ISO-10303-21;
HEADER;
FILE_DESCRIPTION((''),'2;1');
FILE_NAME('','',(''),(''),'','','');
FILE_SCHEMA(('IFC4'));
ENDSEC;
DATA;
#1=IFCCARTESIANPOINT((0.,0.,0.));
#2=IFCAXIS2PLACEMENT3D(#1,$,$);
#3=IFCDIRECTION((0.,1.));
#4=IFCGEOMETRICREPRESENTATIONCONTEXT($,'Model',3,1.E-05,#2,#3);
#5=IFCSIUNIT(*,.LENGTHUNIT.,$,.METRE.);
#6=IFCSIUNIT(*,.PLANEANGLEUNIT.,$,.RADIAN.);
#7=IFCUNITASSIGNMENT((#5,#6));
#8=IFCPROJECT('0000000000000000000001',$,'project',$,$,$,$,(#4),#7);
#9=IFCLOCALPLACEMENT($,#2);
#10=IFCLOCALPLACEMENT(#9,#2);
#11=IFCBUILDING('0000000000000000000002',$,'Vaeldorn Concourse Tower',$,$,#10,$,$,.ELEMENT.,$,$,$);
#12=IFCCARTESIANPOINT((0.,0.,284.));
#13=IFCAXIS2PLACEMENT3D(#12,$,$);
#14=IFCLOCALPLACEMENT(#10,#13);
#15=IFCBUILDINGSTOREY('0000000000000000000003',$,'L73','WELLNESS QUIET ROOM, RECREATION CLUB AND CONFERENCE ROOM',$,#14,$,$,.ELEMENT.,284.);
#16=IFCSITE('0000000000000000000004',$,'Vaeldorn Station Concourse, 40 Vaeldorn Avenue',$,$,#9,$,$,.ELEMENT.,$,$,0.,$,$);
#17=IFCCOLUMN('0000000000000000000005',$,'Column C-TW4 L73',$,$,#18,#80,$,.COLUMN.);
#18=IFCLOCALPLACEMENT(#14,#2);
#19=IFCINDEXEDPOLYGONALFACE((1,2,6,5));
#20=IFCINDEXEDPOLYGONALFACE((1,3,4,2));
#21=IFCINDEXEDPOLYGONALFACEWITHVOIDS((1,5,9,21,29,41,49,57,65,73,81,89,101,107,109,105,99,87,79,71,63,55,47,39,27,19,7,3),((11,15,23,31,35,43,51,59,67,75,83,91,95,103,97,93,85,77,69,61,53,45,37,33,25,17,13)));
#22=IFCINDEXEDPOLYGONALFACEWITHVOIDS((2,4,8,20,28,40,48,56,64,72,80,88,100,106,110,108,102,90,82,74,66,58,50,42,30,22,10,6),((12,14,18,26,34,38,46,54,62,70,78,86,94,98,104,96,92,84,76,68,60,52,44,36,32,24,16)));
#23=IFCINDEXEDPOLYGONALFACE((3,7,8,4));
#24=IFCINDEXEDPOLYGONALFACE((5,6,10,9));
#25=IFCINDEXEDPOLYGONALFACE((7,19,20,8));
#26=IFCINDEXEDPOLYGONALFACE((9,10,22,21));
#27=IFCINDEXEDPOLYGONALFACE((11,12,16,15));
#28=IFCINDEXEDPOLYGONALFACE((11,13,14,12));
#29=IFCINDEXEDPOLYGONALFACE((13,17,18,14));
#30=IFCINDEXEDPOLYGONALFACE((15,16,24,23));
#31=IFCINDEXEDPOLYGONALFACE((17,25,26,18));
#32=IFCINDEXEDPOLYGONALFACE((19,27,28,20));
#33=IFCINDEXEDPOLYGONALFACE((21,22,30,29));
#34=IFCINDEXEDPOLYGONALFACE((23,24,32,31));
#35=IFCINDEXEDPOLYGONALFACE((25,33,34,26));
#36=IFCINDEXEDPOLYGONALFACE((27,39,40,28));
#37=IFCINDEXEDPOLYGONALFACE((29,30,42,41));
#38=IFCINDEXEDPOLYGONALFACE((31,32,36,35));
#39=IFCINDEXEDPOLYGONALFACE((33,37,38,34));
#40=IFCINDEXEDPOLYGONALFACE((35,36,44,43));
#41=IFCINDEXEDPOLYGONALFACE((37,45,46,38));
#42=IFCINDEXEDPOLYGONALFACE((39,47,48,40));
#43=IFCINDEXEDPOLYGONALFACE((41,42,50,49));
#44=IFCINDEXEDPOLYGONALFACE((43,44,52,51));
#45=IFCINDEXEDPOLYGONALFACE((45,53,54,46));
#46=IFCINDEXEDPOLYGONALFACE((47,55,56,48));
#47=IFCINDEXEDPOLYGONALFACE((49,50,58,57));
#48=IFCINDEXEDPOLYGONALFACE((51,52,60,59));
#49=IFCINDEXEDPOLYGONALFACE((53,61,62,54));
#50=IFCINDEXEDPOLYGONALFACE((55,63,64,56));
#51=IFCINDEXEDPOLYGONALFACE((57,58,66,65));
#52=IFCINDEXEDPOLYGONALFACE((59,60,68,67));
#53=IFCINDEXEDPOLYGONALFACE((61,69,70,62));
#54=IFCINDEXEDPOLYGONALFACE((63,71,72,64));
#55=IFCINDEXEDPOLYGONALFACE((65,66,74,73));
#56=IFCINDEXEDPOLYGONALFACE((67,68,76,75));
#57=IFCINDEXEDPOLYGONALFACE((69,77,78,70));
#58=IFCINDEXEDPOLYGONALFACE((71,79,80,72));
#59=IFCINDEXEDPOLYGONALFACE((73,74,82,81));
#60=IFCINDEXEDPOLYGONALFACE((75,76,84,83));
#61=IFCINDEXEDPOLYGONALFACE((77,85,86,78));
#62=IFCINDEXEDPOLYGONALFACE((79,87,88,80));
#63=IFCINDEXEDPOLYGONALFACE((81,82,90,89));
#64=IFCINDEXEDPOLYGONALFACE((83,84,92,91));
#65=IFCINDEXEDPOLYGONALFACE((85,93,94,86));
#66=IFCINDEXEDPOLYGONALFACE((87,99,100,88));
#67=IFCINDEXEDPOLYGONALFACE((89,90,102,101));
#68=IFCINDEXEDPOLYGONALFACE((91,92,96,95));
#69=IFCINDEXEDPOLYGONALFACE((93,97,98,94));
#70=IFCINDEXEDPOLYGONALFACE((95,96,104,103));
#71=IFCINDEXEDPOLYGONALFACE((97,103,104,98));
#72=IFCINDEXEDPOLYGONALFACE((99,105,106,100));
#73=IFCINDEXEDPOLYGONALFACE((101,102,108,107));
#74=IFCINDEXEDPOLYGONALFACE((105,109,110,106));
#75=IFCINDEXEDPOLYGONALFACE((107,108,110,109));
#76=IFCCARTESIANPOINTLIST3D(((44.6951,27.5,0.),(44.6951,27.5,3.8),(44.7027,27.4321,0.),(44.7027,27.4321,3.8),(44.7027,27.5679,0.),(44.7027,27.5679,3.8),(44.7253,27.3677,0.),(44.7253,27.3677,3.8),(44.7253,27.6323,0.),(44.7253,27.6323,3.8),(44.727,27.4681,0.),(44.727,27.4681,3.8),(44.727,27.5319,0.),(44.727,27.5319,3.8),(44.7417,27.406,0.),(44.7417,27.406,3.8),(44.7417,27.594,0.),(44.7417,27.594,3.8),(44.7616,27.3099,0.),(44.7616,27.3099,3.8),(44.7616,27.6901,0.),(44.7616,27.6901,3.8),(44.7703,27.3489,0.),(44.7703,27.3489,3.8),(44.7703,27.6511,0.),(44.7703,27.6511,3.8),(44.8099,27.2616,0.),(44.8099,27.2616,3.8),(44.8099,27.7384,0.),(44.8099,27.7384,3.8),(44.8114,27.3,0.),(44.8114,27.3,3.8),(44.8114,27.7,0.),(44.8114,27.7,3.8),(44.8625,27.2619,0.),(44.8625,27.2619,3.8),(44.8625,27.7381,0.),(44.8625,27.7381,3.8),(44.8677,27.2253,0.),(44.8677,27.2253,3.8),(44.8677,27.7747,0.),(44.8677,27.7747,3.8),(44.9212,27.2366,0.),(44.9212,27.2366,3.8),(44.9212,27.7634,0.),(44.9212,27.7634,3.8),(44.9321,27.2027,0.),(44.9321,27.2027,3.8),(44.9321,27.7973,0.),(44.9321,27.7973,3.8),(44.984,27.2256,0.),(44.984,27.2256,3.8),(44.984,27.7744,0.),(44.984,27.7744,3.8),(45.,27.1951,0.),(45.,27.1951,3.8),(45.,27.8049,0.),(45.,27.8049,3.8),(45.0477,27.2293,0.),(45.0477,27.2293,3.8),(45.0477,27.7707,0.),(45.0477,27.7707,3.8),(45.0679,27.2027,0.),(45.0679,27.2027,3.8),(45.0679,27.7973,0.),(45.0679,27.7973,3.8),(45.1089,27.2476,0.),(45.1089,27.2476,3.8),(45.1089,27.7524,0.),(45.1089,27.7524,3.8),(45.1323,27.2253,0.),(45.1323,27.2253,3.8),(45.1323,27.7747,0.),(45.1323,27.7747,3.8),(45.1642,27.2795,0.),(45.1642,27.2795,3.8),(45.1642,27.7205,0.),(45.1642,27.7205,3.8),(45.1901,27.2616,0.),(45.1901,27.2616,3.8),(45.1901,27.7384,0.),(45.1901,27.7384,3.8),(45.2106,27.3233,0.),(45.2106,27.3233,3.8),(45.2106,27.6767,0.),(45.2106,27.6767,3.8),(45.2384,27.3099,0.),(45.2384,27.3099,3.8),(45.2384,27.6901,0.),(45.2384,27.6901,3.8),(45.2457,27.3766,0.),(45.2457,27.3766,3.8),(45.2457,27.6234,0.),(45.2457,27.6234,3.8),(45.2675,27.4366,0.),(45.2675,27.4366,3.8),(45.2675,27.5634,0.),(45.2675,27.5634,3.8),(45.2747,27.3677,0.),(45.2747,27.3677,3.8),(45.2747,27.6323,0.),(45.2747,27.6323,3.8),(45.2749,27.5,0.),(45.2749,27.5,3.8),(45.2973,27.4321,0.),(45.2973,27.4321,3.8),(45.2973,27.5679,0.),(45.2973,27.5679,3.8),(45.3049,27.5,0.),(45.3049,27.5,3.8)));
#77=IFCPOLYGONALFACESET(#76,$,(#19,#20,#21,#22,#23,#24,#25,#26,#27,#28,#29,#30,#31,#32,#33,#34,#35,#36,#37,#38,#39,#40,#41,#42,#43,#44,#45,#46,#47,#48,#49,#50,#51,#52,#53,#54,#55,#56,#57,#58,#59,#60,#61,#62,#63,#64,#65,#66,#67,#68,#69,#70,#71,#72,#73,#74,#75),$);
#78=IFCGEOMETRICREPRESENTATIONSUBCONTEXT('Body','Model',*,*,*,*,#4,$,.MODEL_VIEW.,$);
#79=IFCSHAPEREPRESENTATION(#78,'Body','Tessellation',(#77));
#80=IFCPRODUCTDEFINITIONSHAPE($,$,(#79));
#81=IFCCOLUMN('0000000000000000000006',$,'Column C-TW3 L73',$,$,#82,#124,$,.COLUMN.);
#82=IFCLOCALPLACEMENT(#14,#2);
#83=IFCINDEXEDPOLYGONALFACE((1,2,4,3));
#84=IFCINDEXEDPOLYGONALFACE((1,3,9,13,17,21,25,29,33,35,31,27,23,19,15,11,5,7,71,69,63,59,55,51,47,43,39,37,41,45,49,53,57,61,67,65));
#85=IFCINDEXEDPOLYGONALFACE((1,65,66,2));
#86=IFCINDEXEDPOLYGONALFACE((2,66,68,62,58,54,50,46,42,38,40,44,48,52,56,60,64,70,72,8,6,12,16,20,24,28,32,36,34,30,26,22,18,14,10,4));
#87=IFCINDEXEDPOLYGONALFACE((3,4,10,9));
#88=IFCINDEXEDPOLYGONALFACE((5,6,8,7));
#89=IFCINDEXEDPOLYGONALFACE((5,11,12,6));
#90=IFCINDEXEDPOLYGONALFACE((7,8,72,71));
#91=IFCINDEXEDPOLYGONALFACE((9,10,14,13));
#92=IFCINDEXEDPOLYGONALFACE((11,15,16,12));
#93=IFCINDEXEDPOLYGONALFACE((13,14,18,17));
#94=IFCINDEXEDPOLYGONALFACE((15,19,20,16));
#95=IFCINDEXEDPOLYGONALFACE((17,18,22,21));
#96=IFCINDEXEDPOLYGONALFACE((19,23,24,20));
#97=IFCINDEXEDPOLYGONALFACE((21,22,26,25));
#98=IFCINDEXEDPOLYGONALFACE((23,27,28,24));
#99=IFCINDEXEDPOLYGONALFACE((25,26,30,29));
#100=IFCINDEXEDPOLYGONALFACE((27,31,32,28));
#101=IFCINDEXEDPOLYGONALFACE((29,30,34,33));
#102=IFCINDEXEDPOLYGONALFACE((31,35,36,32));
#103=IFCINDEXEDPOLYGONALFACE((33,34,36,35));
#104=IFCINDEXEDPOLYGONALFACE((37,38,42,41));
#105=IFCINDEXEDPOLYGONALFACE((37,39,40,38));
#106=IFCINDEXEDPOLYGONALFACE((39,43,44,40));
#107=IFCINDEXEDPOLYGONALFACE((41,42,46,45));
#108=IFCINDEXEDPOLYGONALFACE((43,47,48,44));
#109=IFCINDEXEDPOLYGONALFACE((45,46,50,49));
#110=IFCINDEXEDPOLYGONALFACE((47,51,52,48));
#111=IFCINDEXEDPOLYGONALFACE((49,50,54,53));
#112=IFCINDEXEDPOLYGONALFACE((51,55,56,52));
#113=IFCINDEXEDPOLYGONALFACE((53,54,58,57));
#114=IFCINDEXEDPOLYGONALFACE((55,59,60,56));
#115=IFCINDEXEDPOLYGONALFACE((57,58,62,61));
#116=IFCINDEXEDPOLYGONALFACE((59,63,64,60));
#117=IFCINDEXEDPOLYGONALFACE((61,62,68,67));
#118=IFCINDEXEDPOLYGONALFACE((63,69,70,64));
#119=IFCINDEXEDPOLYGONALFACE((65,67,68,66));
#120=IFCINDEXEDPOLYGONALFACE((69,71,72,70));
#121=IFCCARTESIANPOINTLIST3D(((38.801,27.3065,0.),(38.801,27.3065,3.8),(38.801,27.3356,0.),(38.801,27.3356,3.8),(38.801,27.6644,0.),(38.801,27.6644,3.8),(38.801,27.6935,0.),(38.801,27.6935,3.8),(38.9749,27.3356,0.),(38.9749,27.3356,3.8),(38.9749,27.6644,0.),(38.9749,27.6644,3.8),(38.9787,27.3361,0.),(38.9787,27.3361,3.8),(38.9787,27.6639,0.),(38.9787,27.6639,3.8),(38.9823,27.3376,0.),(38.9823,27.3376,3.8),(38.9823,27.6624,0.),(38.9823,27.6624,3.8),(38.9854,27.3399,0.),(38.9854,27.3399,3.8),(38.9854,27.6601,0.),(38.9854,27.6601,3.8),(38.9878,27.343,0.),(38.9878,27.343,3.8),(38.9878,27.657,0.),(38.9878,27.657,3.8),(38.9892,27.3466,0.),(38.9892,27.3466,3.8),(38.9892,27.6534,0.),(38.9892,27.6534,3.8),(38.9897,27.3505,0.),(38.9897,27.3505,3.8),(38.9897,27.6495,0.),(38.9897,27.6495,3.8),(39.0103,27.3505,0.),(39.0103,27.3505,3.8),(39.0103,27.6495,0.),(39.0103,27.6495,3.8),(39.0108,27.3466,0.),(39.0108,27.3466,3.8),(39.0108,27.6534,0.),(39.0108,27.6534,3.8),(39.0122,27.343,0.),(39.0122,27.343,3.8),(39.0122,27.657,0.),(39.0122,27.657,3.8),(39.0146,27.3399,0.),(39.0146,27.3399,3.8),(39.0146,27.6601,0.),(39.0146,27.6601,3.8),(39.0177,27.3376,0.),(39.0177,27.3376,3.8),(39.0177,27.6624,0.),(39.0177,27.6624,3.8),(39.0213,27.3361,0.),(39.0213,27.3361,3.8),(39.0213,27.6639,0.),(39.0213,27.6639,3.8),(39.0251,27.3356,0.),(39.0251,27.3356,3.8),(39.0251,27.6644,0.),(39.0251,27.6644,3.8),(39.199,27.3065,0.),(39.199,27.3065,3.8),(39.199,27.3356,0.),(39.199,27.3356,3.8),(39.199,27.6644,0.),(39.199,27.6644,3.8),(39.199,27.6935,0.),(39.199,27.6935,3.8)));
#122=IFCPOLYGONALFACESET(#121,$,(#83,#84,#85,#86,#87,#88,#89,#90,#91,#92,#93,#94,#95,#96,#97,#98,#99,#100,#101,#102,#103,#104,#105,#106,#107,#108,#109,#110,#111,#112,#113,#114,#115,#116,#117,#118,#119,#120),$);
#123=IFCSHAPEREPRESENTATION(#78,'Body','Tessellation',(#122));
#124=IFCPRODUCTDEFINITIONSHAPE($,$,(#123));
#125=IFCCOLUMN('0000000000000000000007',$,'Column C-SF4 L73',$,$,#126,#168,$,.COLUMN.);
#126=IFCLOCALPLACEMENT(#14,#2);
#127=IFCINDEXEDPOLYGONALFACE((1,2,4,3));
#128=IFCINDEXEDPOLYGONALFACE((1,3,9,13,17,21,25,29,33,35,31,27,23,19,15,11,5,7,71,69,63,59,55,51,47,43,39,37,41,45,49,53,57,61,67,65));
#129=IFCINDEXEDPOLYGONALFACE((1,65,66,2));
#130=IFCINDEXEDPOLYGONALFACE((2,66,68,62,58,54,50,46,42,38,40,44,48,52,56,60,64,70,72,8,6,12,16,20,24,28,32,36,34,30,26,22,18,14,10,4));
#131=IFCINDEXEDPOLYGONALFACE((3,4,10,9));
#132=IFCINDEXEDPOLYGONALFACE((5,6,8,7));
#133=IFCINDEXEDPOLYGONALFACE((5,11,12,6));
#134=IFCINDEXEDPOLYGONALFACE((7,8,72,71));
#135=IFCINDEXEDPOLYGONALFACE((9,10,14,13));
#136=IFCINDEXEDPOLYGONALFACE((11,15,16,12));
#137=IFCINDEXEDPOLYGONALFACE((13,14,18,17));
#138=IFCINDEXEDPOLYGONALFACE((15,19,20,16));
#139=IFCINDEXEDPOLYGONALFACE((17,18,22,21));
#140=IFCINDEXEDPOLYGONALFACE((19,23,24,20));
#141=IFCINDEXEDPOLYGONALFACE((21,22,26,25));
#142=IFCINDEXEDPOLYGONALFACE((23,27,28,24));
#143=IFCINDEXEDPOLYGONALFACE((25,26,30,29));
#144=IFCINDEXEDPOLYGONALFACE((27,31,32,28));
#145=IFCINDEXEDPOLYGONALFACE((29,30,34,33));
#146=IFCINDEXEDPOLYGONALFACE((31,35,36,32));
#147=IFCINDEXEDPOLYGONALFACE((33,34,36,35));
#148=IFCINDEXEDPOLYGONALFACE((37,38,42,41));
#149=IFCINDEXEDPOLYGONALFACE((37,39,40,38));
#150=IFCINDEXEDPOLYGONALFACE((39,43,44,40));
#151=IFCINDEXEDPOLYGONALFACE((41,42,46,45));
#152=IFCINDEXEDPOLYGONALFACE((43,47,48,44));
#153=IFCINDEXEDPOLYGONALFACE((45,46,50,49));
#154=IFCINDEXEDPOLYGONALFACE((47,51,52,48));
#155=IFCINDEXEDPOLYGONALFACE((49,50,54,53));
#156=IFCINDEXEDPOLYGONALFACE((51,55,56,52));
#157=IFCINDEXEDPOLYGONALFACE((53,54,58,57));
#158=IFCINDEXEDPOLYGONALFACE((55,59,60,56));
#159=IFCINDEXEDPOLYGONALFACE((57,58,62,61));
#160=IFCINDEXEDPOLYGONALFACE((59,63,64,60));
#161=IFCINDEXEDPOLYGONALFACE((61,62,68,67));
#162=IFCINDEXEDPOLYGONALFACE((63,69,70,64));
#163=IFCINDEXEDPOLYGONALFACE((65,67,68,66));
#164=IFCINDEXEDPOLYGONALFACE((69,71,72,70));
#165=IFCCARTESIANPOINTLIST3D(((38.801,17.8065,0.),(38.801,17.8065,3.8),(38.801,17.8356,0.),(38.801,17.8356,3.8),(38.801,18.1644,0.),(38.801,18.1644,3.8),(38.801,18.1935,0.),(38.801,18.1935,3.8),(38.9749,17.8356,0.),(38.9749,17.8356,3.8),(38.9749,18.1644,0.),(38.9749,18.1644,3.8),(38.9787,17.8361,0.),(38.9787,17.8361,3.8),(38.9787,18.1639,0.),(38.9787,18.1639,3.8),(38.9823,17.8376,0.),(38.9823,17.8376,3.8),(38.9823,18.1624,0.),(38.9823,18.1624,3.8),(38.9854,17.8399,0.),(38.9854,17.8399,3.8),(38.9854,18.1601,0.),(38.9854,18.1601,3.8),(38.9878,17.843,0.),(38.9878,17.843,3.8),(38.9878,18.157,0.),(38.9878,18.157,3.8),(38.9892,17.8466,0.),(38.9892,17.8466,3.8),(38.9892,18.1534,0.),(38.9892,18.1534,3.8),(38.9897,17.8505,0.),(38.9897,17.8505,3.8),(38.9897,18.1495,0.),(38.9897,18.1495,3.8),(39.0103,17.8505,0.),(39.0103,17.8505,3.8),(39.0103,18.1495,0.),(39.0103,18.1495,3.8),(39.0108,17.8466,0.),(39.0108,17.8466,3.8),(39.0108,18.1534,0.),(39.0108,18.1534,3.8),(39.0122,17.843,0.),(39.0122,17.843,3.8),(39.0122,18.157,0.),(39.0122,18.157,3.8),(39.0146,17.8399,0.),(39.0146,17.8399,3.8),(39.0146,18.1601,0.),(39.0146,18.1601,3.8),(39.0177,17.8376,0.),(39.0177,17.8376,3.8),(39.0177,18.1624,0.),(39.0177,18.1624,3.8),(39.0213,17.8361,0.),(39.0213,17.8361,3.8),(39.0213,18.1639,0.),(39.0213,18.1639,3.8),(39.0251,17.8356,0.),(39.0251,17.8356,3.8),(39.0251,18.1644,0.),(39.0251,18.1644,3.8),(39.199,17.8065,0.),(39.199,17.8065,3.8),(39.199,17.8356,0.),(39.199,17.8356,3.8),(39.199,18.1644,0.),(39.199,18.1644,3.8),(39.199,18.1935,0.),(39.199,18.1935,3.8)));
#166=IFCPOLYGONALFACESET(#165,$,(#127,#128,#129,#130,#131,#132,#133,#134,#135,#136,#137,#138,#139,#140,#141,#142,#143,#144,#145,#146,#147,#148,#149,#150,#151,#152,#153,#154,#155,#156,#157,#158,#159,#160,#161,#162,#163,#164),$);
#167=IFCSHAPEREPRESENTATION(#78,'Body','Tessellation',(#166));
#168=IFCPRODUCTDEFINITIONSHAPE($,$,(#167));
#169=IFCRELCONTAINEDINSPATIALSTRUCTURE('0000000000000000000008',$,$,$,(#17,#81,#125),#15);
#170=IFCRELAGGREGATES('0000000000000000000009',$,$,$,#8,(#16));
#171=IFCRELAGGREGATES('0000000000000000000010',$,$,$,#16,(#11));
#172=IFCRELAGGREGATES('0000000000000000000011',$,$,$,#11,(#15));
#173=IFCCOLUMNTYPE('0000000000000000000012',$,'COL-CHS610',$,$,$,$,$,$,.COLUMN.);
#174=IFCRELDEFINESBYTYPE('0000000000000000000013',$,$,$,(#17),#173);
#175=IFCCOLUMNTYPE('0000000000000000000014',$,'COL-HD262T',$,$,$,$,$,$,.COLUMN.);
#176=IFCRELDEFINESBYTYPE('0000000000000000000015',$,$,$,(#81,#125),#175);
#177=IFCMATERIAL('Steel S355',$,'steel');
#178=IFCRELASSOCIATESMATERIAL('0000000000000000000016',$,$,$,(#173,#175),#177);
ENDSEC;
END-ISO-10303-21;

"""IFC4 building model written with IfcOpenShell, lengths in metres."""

from ifc_helpers import new_model, si_unit, direction, frame, origin, origin_2d, place, context, subcontext, project, spatial, hollow_circle, i_section, extrude, source, transform, mapped, material, material_profile, profile_set, type_object, element, save


model = new_model("IFC4")

# Units and contexts
model_context = context("Model", 3, precision=1e-05, world=origin(), true_north=direction((0.0, 1.0)))
body_context = subcontext(model_context, "Body", "Model", "MODEL_VIEW")
ifc_project = project(units=[si_unit("LENGTHUNIT", "METRE"), si_unit("PLANEANGLEUNIT", "RADIAN")], contexts=[model_context])

# Site, building, storey
site_placement = place(None, origin())
site = spatial("IfcSite", under=ifc_project, at=site_placement, Name="Vaeldorn Station Concourse, 40 Vaeldorn Avenue", CompositionType="ELEMENT", RefElevation=0.0)
building_placement = place(site_placement, origin())
building = spatial("IfcBuilding", under=site, at=building_placement, Name="Vaeldorn Concourse Tower", CompositionType="ELEMENT")
storey_placement = place(building_placement, frame((0.0, 0.0, 284.0)))
storey = spatial("IfcBuildingStorey", under=building, at=storey_placement, Name="L73", Description="WELLNESS QUIET ROOM, RECREATION CLUB AND CONFERENCE ROOM", CompositionType="ELEMENT", Elevation=284.0)

# Columns
ifc_material_1 = material(Name="Steel S355", Category="steel")
ifc_material_profile_1 = material_profile(ifc_material_1, hollow_circle(Radius=0.3049, WallThickness=0.03, at=origin_2d()), Name="CHS 610x30")
ifc_profile_set_1 = profile_set([ifc_material_profile_1], Name="Steel S355")
column_type_1 = type_object("IfcColumnType", Name="COL-CHS610", PredefinedType="COLUMN", material=ifc_profile_set_1)
shared_shape_1 = source(origin(), body_context, "Body", "SweptSolid", [
    extrude(hollow_circle(Radius=0.3049, WallThickness=0.03, at=origin_2d()), origin(), (0.0, 0.0, 1.0), 3.8),
])
column_placement = place(storey_placement, frame((45.0, 27.5, 0.0), z_axis=(0.0, 0.0, 1.0), x_axis=(1.0, 0.0, 0.0)))
element("IfcColumn", 1, at=column_placement, inside=storey, type_object=column_type_1, Name="Column C-TW4 L73", PredefinedType="COLUMN", context=body_context, shape_type="MappedRepresentation", body=[
    mapped(shared_shape_1, transform((0.0, 0.0, 0.0), scale=1.0)),
])
ifc_material_profile_2 = material_profile(ifc_material_1, i_section(OverallWidth=0.3979, OverallDepth=0.387, WebThickness=0.0205, FlangeThickness=0.0291, FilletRadius=0.0149, at=origin_2d()), Name="HD 400x262")
ifc_profile_set_2 = profile_set([ifc_material_profile_2], Name="Steel S355")
column_type_2 = type_object("IfcColumnType", Name="COL-HD262T", PredefinedType="COLUMN", material=ifc_profile_set_2)
shared_shape_2 = source(origin(), body_context, "Body", "SweptSolid", [
    extrude(i_section(OverallWidth=0.3979, OverallDepth=0.387, WebThickness=0.0205, FlangeThickness=0.0291, FilletRadius=0.0149, at=origin_2d()), origin(), (0.0, 0.0, 1.0), 3.8),
])
for number, where, z_axis, x_axis, name in (
    (2, (39.0, 27.5, 0.0), (0.0, 0.0, 1.0), (1.0, 0.0, 0.0), "Column C-TW3 L73"),
    (3, (39.0, 18.0, 0.0), (0.0, 0.0, 1.0), (1.0, 0.0, 0.0), "Column C-SF4 L73"),
):
    element("IfcColumn", number, at=place(storey_placement, frame(where, z_axis=z_axis, x_axis=x_axis)), inside=storey, type_object=column_type_2, Name=name, PredefinedType="COLUMN", context=body_context, shape_type="MappedRepresentation", body=[
        mapped(shared_shape_2, transform((0.0, 0.0, 0.0), scale=1.0)),
    ])

save(model, "model.ifc")
